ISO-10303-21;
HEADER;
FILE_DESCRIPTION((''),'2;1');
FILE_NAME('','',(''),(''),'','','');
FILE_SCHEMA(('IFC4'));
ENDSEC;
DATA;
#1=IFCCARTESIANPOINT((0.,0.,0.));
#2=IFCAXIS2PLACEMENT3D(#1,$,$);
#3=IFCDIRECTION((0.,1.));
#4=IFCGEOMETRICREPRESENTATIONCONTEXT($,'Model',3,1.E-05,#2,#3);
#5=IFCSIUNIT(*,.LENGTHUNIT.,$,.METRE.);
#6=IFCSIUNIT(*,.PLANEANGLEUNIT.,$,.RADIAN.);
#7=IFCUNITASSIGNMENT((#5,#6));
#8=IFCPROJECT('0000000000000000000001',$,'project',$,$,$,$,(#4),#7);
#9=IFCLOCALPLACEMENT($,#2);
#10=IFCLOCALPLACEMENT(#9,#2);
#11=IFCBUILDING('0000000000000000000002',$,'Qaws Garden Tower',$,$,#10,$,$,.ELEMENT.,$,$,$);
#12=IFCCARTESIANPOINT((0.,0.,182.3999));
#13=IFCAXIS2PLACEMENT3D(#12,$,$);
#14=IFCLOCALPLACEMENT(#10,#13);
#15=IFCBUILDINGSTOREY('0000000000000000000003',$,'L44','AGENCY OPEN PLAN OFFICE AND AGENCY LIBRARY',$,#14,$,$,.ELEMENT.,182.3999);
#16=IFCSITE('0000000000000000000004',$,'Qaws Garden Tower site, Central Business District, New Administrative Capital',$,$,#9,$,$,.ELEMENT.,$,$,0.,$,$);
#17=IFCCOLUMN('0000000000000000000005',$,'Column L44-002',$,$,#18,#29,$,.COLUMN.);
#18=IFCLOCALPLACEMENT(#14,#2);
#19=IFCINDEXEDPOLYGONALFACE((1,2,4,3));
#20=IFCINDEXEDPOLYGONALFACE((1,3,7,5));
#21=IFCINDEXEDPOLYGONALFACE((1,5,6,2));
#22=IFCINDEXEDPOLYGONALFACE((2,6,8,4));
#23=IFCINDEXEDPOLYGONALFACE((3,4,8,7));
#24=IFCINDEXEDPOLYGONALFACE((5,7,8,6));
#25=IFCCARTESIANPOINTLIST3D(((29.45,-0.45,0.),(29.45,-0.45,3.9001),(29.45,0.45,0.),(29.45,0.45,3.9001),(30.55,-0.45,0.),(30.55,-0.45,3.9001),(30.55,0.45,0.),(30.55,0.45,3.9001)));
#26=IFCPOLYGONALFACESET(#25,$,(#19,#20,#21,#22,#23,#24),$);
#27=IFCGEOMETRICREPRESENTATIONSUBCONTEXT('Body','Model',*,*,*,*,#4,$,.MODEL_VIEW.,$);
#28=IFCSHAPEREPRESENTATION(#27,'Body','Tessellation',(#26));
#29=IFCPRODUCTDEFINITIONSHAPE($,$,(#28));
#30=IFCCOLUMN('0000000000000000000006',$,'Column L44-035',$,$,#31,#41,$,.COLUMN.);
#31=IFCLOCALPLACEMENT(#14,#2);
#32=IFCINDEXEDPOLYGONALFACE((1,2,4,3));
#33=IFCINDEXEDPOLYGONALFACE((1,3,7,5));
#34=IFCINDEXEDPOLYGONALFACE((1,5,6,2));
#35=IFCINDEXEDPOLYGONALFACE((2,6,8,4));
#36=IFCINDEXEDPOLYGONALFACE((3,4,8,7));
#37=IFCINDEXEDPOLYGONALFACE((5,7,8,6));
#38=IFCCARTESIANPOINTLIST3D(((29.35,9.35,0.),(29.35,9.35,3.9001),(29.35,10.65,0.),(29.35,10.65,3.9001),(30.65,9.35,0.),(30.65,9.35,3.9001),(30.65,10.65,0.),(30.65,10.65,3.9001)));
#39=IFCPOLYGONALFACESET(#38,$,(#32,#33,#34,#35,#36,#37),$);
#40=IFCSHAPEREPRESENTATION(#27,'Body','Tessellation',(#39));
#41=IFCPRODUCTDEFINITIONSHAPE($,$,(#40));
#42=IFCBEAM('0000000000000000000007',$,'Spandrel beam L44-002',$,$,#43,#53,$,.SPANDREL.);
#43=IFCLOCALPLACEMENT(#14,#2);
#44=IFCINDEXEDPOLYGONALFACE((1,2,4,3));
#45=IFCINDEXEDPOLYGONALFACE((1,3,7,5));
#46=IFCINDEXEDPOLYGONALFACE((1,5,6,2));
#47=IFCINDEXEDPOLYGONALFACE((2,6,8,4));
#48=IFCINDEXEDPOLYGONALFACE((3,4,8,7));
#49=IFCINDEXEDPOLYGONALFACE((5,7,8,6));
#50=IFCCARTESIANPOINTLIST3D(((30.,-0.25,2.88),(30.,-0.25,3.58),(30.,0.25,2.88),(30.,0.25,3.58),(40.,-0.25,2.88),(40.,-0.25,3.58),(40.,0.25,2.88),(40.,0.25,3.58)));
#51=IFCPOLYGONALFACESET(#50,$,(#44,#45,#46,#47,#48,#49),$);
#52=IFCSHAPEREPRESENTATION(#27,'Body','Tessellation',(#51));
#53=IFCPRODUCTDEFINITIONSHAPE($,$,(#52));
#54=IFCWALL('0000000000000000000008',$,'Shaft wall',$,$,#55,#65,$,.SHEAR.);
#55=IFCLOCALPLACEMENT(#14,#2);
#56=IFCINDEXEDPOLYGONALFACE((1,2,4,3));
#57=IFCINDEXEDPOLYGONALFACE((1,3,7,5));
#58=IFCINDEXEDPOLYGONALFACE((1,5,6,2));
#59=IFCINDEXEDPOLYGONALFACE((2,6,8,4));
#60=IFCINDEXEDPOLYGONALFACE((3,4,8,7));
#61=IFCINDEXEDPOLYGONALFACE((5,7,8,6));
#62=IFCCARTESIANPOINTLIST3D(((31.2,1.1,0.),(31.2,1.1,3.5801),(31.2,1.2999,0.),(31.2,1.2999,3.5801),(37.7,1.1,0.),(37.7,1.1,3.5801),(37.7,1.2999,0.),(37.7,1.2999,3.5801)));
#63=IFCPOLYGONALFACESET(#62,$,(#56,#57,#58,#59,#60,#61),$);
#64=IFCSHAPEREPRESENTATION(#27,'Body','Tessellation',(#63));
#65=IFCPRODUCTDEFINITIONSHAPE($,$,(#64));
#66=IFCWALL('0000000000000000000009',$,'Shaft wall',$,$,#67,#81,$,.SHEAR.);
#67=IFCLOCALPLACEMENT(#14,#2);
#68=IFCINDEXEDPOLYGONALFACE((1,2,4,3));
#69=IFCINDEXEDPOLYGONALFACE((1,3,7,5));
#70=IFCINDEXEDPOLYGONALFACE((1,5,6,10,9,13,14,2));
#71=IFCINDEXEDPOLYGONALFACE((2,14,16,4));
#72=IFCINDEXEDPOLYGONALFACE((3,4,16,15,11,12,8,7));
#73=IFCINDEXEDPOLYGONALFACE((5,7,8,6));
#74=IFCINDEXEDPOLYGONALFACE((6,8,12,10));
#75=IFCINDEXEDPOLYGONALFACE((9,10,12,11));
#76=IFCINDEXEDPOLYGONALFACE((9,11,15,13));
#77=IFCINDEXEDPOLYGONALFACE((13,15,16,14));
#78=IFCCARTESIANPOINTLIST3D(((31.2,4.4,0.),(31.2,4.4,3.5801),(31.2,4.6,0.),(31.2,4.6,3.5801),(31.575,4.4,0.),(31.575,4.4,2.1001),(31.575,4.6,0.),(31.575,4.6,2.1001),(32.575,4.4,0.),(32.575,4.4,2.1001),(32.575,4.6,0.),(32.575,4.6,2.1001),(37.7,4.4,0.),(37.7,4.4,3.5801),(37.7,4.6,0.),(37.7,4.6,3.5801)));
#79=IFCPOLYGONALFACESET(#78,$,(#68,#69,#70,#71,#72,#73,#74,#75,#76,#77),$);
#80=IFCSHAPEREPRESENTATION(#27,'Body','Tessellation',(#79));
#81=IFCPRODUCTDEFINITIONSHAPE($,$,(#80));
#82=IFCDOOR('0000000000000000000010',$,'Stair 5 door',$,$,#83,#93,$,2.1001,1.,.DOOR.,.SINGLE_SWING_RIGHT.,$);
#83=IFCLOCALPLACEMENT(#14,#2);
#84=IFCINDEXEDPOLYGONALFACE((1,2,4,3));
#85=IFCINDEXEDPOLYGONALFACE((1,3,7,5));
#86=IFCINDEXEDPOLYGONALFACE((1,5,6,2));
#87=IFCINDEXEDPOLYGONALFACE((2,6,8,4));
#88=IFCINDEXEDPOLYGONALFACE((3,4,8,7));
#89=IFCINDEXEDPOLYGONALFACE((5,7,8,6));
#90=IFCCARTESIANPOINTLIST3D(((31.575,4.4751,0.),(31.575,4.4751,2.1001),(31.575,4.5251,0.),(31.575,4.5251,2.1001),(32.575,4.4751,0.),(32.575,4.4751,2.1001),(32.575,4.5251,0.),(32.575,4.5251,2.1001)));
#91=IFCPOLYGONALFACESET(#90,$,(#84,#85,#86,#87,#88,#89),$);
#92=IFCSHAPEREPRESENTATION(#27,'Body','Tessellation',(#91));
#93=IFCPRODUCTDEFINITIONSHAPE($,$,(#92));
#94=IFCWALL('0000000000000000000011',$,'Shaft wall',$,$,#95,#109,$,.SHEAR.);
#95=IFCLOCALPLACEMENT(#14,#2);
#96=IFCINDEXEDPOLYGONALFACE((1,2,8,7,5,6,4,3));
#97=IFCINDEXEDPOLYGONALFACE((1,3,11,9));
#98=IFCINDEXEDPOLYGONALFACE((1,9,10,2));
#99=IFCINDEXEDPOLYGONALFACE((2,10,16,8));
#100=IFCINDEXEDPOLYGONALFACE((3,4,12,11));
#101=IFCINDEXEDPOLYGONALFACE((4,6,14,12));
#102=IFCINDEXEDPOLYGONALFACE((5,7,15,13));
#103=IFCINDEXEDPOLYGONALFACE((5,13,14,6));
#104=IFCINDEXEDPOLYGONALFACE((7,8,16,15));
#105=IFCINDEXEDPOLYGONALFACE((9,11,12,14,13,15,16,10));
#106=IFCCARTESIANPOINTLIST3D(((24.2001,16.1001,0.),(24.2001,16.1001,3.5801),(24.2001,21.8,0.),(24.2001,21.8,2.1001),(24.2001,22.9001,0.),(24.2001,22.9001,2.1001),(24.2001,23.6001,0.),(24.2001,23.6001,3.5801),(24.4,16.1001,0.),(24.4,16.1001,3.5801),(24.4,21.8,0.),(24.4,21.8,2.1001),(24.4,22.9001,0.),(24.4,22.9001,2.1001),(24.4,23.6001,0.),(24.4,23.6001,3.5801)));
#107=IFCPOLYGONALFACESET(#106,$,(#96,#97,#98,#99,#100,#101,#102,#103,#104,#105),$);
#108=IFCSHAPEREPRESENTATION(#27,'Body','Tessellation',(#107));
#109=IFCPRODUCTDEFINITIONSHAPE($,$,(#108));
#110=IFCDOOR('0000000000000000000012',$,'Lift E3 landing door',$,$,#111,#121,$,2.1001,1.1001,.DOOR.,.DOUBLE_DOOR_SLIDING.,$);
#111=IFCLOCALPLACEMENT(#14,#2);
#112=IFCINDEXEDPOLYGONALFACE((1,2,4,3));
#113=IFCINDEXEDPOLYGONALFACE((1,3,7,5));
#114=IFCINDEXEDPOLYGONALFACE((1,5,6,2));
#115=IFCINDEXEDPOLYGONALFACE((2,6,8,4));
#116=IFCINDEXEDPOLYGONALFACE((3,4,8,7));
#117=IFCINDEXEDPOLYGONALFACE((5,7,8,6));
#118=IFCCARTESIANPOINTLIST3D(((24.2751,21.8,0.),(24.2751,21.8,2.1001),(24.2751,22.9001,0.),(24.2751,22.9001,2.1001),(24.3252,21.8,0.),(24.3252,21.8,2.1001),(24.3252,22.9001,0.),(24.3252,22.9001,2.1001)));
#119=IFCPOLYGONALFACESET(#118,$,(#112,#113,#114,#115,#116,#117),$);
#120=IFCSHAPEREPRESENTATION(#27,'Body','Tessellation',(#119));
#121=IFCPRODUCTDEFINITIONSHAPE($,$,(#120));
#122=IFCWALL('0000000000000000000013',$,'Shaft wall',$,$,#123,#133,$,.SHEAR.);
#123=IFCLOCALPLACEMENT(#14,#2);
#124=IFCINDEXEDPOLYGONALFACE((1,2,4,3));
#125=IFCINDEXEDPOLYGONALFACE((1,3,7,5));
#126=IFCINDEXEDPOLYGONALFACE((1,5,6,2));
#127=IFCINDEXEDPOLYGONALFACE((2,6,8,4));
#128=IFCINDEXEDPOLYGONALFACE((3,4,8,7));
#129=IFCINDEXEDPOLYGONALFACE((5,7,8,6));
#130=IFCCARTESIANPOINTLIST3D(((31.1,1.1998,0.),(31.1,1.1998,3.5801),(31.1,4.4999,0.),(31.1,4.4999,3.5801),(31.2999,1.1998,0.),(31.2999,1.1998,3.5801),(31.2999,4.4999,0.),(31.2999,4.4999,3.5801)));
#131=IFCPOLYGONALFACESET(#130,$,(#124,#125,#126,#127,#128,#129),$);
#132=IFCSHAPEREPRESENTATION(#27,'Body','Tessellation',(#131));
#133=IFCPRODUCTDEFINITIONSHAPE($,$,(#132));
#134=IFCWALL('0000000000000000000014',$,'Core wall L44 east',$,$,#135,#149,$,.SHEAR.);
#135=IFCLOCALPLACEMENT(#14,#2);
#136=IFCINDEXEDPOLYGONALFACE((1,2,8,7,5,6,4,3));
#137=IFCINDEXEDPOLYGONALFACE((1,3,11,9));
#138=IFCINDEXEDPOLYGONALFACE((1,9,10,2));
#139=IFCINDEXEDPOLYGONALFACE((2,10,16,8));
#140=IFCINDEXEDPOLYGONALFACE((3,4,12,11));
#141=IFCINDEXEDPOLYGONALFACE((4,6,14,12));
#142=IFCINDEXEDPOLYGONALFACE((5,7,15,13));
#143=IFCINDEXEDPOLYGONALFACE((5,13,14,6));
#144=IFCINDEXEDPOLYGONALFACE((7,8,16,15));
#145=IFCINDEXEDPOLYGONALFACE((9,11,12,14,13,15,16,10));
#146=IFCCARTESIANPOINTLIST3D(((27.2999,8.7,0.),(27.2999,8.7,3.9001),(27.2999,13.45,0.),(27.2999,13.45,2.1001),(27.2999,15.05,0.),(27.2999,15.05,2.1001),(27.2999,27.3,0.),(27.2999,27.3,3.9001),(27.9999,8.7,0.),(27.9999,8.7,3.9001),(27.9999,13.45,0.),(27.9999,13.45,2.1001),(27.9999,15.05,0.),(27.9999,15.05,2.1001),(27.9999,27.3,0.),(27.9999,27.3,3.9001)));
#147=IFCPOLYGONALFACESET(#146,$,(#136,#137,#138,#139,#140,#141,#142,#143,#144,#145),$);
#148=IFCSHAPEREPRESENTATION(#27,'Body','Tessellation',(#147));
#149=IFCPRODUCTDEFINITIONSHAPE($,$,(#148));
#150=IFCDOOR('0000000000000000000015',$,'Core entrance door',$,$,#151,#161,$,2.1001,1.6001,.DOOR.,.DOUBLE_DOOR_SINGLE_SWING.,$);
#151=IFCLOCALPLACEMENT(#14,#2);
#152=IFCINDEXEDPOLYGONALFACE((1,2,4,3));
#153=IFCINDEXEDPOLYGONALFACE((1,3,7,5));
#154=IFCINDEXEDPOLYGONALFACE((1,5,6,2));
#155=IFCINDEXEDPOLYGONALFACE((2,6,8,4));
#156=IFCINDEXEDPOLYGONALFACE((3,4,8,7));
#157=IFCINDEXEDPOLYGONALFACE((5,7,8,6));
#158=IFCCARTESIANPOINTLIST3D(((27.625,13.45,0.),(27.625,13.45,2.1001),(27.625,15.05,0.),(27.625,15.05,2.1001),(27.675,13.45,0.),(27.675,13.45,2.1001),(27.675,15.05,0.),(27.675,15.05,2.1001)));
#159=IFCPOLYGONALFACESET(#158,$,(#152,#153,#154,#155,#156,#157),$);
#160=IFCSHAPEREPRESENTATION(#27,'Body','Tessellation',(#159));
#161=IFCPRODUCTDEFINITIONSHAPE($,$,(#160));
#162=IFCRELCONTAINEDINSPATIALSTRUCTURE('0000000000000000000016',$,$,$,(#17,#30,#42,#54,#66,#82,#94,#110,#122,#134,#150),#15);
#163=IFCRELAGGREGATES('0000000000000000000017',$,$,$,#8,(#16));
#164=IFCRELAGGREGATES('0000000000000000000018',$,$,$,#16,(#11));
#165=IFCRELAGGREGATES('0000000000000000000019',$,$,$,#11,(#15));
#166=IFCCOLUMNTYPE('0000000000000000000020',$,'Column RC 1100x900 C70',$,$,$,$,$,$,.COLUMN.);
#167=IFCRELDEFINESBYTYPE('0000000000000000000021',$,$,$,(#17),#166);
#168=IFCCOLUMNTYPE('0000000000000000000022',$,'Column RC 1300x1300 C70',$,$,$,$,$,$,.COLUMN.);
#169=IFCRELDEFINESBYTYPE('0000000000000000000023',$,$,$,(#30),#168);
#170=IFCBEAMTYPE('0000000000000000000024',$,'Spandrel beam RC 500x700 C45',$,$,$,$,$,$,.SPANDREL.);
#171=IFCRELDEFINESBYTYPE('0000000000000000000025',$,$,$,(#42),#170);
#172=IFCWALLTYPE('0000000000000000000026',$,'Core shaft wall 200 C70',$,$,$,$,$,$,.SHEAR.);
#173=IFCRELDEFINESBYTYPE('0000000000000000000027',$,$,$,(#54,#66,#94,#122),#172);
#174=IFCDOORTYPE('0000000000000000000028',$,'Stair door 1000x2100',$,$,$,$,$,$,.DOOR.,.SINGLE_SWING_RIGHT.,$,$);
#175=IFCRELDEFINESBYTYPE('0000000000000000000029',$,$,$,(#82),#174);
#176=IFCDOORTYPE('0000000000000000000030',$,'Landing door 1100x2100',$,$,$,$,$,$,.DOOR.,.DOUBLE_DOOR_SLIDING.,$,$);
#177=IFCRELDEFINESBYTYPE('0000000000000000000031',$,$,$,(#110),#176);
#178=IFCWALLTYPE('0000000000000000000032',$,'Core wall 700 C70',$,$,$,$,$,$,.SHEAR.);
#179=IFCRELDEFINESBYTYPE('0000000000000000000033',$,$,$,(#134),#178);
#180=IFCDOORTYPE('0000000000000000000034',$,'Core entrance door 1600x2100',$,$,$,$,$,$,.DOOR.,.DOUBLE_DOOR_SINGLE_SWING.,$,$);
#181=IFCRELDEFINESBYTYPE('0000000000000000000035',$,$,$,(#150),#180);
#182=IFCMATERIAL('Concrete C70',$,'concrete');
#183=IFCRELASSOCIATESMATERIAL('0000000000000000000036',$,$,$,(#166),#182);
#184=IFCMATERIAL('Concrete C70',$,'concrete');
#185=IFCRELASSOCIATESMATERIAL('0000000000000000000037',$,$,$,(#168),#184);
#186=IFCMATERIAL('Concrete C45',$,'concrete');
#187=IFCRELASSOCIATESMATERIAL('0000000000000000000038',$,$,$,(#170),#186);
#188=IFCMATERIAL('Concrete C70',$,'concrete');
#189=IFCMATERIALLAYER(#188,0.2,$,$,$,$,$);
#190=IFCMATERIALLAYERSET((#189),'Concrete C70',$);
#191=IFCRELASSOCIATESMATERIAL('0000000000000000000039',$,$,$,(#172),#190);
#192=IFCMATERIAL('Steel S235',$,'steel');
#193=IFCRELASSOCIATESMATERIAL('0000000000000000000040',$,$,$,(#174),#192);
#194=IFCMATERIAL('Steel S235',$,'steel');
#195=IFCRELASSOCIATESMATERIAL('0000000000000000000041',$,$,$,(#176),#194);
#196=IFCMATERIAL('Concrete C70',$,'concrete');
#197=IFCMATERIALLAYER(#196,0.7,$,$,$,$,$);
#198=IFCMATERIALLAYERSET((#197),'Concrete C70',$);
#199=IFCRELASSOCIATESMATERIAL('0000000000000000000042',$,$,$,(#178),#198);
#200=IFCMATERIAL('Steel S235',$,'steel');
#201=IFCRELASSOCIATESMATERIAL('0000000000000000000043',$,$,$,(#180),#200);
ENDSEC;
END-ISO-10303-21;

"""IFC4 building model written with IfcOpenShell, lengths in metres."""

from ifc_helpers import new_model, si_unit, direction, frame, frame_2d, origin, origin_2d, place, context, subcontext, project, spatial, rectangle, extrude, material, layer, layer_set, material_profile, profile_set, type_object, element, fill, save


model = new_model("IFC4")

# Units and contexts
model_context = context("Model", 3, precision=1e-05, world=origin(), true_north=direction((0.0, 1.0)))
body_context = subcontext(model_context, "Body", "Model", "MODEL_VIEW")
ifc_project = project(units=[si_unit("LENGTHUNIT", "METRE"), si_unit("PLANEANGLEUNIT", "RADIAN")], contexts=[model_context])

# Site, building, storey
site_placement = place(None, origin())
site = spatial("IfcSite", under=ifc_project, at=site_placement, Name="Qaws Garden Tower site, Central Business District, New Administrative Capital", CompositionType="ELEMENT", RefElevation=0.0)
building_placement = place(site_placement, origin())
building = spatial("IfcBuilding", under=site, at=building_placement, Name="Qaws Garden Tower", CompositionType="ELEMENT")
storey_placement = place(building_placement, frame((0.0, 0.0, 182.3999)))
storey = spatial("IfcBuildingStorey", under=building, at=storey_placement, Name="L44", Description="AGENCY OPEN PLAN OFFICE AND AGENCY LIBRARY", CompositionType="ELEMENT", Elevation=182.3999)

# Columns
ifc_material_1 = material(Name="Concrete C70", Category="concrete")
ifc_material_profile_1 = material_profile(ifc_material_1, rectangle(XDim=1.1001, YDim=0.8999, at=origin_2d()), Name="RC 1100x900")
ifc_profile_set_1 = profile_set([ifc_material_profile_1], Name="Concrete C70")
column_type_1 = type_object("IfcColumnType", Name="Column RC 1100x900 C70", PredefinedType="COLUMN", material=ifc_profile_set_1)
column_1_placement = place(storey_placement, frame((30.0, 0.0, 0.0), z_axis=(0.0, 0.0, 1.0), x_axis=(1.0, 0.0, 0.0)))
element("IfcColumn", 1, at=column_1_placement, inside=storey, type_object=column_type_1, Name="Column L44-002", PredefinedType="COLUMN", context=body_context, shape_type="SweptSolid", body=[
    extrude(rectangle(XDim=1.1001, YDim=0.8999, at=origin_2d()), origin(), (0.0, 0.0, 1.0), 3.9001),
])
ifc_material_2 = material(Name="Concrete C70", Category="concrete")
ifc_material_profile_2 = material_profile(ifc_material_2, rectangle(XDim=1.3, YDim=1.3, at=origin_2d()), Name="RC 1300x1300")
ifc_profile_set_2 = profile_set([ifc_material_profile_2], Name="Concrete C70")
column_type_2 = type_object("IfcColumnType", Name="Column RC 1300x1300 C70", PredefinedType="COLUMN", material=ifc_profile_set_2)
column_2_placement = place(storey_placement, frame((30.0, 10.0, 0.0), z_axis=(0.0, 0.0, 1.0), x_axis=(1.0, 0.0, 0.0)))
element("IfcColumn", 2, at=column_2_placement, inside=storey, type_object=column_type_2, Name="Column L44-035", PredefinedType="COLUMN", context=body_context, shape_type="SweptSolid", body=[
    extrude(rectangle(XDim=1.3, YDim=1.3, at=origin_2d()), origin(), (0.0, 0.0, 1.0), 3.9001),
])

# Beam
ifc_material_3 = material(Name="Concrete C45", Category="concrete")
ifc_material_profile_3 = material_profile(ifc_material_3, rectangle(XDim=0.5, YDim=0.7, at=origin_2d()), Name="RC 500x700")
ifc_profile_set_3 = profile_set([ifc_material_profile_3], Name="Concrete C45")
beam_type = type_object("IfcBeamType", Name="Spandrel beam RC 500x700 C45", PredefinedType="SPANDREL", material=ifc_profile_set_3)
beam_placement = place(storey_placement, frame((30.0, 0.0, 3.23), z_axis=(1.0, 0.0, 0.0), x_axis=(0.0, 1.0, 0.0)))
element("IfcBeam", 3, at=beam_placement, inside=storey, type_object=beam_type, Name="Spandrel beam L44-002", PredefinedType="SPANDREL", context=body_context, shape_type="SweptSolid", body=[
    extrude(rectangle(XDim=0.5, YDim=0.7, at=origin_2d()), origin(), (0.0, 0.0, 1.0), 10.0),
])

# Wall
ifc_material_4 = material(Name="Concrete C70", Category="concrete")
ifc_layer_1 = layer(ifc_material_4, 0.2)
ifc_layer_set_1 = layer_set([ifc_layer_1], Name="Concrete C70")
wall_type_1 = type_object("IfcWallType", Name="Core shaft wall 200 C70", PredefinedType="SHEAR", material=ifc_layer_set_1)
wall_1_placement = place(storey_placement, frame((31.2, 1.2, 0.0), z_axis=(0.0, 0.0, 1.0), x_axis=(1.0, 0.0, 0.0)))
element("IfcWall", 4, at=wall_1_placement, inside=storey, type_object=wall_type_1, Name="Shaft wall", PredefinedType="SHEAR", context=body_context, shape_type="SweptSolid", body=[
    extrude(rectangle(XDim=6.5, YDim=0.2, at=frame_2d((3.25, 0.0))), origin(), (0.0, 0.0, 1.0), 3.5801),
])

# Walls, openings, doors
wall_2_placement = place(storey_placement, frame((31.2, 4.5, 0.0), z_axis=(0.0, 0.0, 1.0), x_axis=(1.0, 0.0, 0.0)))
wall_2 = element("IfcWall", 5, at=wall_2_placement, inside=storey, type_object=wall_type_1, Name="Shaft wall", PredefinedType="SHEAR", context=body_context, shape_type="SweptSolid", body=[
    extrude(rectangle(XDim=6.5, YDim=0.2, at=frame_2d((3.25, 0.0))), origin(), (0.0, 0.0, 1.0), 3.5801),
])
opening_1_placement = place(wall_2_placement, frame((0.375, 0.0, 0.0)))
opening_1 = element("IfcOpeningElement", 6, at=opening_1_placement, cuts=wall_2, PredefinedType="OPENING", context=body_context, shape_type="SweptSolid", body=[
    extrude(rectangle(XDim=1.0, YDim=2.1001, at=frame_2d((0.5, 1.05))), frame((0.0, 0.1099, 0.0), z_axis=(0.0, -1.0, 0.0), x_axis=(1.0, 0.0, 0.0)), (0.0, 0.0, 1.0), 0.22),
])
ifc_material_5 = material(Name="Steel S235", Category="steel")
door_type_1 = type_object("IfcDoorType", Name="Stair door 1000x2100", OperationType="SINGLE_SWING_RIGHT", PredefinedType="DOOR", material=ifc_material_5)
door_1_placement = place(opening_1_placement, frame((1.0, 0.0, 0.0), z_axis=(0.0, 0.0, 1.0), x_axis=(-1.0, 0.0, 0.0)))
door_1 = element("IfcDoor", 7, at=door_1_placement, inside=storey, type_object=door_type_1, Name="Stair 5 door", OperationType="SINGLE_SWING_RIGHT", OverallHeight=2.1001, OverallWidth=1.0, PredefinedType="DOOR", context=body_context, shape_type="SweptSolid", body=[
    extrude(rectangle(XDim=1.0, YDim=2.1001, at=frame_2d((0.5, 1.05))), frame((0.0, 0.0249, 0.0), z_axis=(0.0, -1.0, 0.0), x_axis=(1.0, 0.0, 0.0)), (0.0, 0.0, 1.0), 0.05),
])
fill(opening_1, door_1)
wall_3_placement = place(storey_placement, frame((24.3, 16.1001, 0.0), z_axis=(0.0, 0.0, 1.0), x_axis=(0.0, 1.0, 0.0)))
wall_3 = element("IfcWall", 8, at=wall_3_placement, inside=storey, type_object=wall_type_1, Name="Shaft wall", PredefinedType="SHEAR", context=body_context, shape_type="SweptSolid", body=[
    extrude(rectangle(XDim=7.5, YDim=0.2, at=frame_2d((3.75, 0.0))), origin(), (0.0, 0.0, 1.0), 3.5801),
])
opening_2_placement = place(wall_3_placement, frame((5.7, 0.0, 0.0)))
opening_2 = element("IfcOpeningElement", 9, at=opening_2_placement, cuts=wall_3, PredefinedType="OPENING", context=body_context, shape_type="SweptSolid", body=[
    extrude(rectangle(XDim=1.1001, YDim=2.1001, at=frame_2d((0.55, 1.05))), frame((0.0, 0.1099, 0.0), z_axis=(0.0, -1.0, 0.0), x_axis=(1.0, 0.0, 0.0)), (0.0, 0.0, 1.0), 0.22),
])
ifc_material_6 = material(Name="Steel S235", Category="steel")
door_type_2 = type_object("IfcDoorType", Name="Landing door 1100x2100", OperationType="DOUBLE_DOOR_SLIDING", PredefinedType="DOOR", material=ifc_material_6)
door_2_placement = place(opening_2_placement, origin())
door_2 = element("IfcDoor", 10, at=door_2_placement, inside=storey, type_object=door_type_2, Name="Lift E3 landing door", OperationType="DOUBLE_DOOR_SLIDING", OverallHeight=2.1001, OverallWidth=1.1001, PredefinedType="DOOR", context=body_context, shape_type="SweptSolid", body=[
    extrude(rectangle(XDim=1.1001, YDim=2.1001, at=frame_2d((0.55, 1.05))), frame((0.0, 0.0249, 0.0), z_axis=(0.0, -1.0, 0.0), x_axis=(1.0, 0.0, 0.0)), (0.0, 0.0, 1.0), 0.05),
])
fill(opening_2, door_2)

# Wall
wall_4_placement = place(storey_placement, frame((31.2, 1.2, 0.0), z_axis=(0.0, 0.0, 1.0), x_axis=(0.0, 1.0, 0.0)))
element("IfcWall", 11, at=wall_4_placement, inside=storey, type_object=wall_type_1, Name="Shaft wall", PredefinedType="SHEAR", context=body_context, shape_type="SweptSolid", body=[
    extrude(rectangle(XDim=3.3, YDim=0.2, at=frame_2d((1.6499, 0.0))), origin(), (0.0, 0.0, 1.0), 3.5801),
])

# Wall, opening, door
ifc_material_7 = material(Name="Concrete C70", Category="concrete")
ifc_layer_2 = layer(ifc_material_7, 0.7)
ifc_layer_set_2 = layer_set([ifc_layer_2], Name="Concrete C70")
wall_type_2 = type_object("IfcWallType", Name="Core wall 700 C70", PredefinedType="SHEAR", material=ifc_layer_set_2)
wall_5_placement = place(storey_placement, frame((27.6499, 8.7, 0.0), z_axis=(0.0, 0.0, 1.0), x_axis=(0.0, 1.0, 0.0)))
wall_5 = element("IfcWall", 12, at=wall_5_placement, inside=storey, type_object=wall_type_2, Name="Core wall L44 east", PredefinedType="SHEAR", context=body_context, shape_type="SweptSolid", body=[
    extrude(rectangle(XDim=18.6001, YDim=0.7, at=frame_2d((9.3, 0.0))), origin(), (0.0, 0.0, 1.0), 3.9001),
])
opening_3_placement = place(wall_5_placement, frame((4.75, 0.0, 0.0)))
opening_3 = element("IfcOpeningElement", 13, at=opening_3_placement, cuts=wall_5, PredefinedType="OPENING", context=body_context, shape_type="SweptSolid", body=[
    extrude(rectangle(XDim=1.6001, YDim=2.1001, at=frame_2d((0.8, 1.05))), frame((0.0, 0.3599, 0.0), z_axis=(0.0, -1.0, 0.0), x_axis=(1.0, 0.0, 0.0)), (0.0, 0.0, 1.0), 0.72),
])
ifc_material_8 = material(Name="Steel S235", Category="steel")
door_type_3 = type_object("IfcDoorType", Name="Core entrance door 1600x2100", OperationType="DOUBLE_DOOR_SINGLE_SWING", PredefinedType="DOOR", material=ifc_material_8)
door_3_placement = place(opening_3_placement, origin())
door_3 = element("IfcDoor", 14, at=door_3_placement, inside=storey, type_object=door_type_3, Name="Core entrance door", OperationType="DOUBLE_DOOR_SINGLE_SWING", OverallHeight=2.1001, OverallWidth=1.6001, PredefinedType="DOOR", context=body_context, shape_type="SweptSolid", body=[
    extrude(rectangle(XDim=1.6001, YDim=2.1001, at=frame_2d((0.8, 1.05))), frame((0.0, 0.0249, 0.0), z_axis=(0.0, -1.0, 0.0), x_axis=(1.0, 0.0, 0.0)), (0.0, 0.0, 1.0), 0.05),
])
fill(opening_3, door_3)

save(model, "model.ifc")
